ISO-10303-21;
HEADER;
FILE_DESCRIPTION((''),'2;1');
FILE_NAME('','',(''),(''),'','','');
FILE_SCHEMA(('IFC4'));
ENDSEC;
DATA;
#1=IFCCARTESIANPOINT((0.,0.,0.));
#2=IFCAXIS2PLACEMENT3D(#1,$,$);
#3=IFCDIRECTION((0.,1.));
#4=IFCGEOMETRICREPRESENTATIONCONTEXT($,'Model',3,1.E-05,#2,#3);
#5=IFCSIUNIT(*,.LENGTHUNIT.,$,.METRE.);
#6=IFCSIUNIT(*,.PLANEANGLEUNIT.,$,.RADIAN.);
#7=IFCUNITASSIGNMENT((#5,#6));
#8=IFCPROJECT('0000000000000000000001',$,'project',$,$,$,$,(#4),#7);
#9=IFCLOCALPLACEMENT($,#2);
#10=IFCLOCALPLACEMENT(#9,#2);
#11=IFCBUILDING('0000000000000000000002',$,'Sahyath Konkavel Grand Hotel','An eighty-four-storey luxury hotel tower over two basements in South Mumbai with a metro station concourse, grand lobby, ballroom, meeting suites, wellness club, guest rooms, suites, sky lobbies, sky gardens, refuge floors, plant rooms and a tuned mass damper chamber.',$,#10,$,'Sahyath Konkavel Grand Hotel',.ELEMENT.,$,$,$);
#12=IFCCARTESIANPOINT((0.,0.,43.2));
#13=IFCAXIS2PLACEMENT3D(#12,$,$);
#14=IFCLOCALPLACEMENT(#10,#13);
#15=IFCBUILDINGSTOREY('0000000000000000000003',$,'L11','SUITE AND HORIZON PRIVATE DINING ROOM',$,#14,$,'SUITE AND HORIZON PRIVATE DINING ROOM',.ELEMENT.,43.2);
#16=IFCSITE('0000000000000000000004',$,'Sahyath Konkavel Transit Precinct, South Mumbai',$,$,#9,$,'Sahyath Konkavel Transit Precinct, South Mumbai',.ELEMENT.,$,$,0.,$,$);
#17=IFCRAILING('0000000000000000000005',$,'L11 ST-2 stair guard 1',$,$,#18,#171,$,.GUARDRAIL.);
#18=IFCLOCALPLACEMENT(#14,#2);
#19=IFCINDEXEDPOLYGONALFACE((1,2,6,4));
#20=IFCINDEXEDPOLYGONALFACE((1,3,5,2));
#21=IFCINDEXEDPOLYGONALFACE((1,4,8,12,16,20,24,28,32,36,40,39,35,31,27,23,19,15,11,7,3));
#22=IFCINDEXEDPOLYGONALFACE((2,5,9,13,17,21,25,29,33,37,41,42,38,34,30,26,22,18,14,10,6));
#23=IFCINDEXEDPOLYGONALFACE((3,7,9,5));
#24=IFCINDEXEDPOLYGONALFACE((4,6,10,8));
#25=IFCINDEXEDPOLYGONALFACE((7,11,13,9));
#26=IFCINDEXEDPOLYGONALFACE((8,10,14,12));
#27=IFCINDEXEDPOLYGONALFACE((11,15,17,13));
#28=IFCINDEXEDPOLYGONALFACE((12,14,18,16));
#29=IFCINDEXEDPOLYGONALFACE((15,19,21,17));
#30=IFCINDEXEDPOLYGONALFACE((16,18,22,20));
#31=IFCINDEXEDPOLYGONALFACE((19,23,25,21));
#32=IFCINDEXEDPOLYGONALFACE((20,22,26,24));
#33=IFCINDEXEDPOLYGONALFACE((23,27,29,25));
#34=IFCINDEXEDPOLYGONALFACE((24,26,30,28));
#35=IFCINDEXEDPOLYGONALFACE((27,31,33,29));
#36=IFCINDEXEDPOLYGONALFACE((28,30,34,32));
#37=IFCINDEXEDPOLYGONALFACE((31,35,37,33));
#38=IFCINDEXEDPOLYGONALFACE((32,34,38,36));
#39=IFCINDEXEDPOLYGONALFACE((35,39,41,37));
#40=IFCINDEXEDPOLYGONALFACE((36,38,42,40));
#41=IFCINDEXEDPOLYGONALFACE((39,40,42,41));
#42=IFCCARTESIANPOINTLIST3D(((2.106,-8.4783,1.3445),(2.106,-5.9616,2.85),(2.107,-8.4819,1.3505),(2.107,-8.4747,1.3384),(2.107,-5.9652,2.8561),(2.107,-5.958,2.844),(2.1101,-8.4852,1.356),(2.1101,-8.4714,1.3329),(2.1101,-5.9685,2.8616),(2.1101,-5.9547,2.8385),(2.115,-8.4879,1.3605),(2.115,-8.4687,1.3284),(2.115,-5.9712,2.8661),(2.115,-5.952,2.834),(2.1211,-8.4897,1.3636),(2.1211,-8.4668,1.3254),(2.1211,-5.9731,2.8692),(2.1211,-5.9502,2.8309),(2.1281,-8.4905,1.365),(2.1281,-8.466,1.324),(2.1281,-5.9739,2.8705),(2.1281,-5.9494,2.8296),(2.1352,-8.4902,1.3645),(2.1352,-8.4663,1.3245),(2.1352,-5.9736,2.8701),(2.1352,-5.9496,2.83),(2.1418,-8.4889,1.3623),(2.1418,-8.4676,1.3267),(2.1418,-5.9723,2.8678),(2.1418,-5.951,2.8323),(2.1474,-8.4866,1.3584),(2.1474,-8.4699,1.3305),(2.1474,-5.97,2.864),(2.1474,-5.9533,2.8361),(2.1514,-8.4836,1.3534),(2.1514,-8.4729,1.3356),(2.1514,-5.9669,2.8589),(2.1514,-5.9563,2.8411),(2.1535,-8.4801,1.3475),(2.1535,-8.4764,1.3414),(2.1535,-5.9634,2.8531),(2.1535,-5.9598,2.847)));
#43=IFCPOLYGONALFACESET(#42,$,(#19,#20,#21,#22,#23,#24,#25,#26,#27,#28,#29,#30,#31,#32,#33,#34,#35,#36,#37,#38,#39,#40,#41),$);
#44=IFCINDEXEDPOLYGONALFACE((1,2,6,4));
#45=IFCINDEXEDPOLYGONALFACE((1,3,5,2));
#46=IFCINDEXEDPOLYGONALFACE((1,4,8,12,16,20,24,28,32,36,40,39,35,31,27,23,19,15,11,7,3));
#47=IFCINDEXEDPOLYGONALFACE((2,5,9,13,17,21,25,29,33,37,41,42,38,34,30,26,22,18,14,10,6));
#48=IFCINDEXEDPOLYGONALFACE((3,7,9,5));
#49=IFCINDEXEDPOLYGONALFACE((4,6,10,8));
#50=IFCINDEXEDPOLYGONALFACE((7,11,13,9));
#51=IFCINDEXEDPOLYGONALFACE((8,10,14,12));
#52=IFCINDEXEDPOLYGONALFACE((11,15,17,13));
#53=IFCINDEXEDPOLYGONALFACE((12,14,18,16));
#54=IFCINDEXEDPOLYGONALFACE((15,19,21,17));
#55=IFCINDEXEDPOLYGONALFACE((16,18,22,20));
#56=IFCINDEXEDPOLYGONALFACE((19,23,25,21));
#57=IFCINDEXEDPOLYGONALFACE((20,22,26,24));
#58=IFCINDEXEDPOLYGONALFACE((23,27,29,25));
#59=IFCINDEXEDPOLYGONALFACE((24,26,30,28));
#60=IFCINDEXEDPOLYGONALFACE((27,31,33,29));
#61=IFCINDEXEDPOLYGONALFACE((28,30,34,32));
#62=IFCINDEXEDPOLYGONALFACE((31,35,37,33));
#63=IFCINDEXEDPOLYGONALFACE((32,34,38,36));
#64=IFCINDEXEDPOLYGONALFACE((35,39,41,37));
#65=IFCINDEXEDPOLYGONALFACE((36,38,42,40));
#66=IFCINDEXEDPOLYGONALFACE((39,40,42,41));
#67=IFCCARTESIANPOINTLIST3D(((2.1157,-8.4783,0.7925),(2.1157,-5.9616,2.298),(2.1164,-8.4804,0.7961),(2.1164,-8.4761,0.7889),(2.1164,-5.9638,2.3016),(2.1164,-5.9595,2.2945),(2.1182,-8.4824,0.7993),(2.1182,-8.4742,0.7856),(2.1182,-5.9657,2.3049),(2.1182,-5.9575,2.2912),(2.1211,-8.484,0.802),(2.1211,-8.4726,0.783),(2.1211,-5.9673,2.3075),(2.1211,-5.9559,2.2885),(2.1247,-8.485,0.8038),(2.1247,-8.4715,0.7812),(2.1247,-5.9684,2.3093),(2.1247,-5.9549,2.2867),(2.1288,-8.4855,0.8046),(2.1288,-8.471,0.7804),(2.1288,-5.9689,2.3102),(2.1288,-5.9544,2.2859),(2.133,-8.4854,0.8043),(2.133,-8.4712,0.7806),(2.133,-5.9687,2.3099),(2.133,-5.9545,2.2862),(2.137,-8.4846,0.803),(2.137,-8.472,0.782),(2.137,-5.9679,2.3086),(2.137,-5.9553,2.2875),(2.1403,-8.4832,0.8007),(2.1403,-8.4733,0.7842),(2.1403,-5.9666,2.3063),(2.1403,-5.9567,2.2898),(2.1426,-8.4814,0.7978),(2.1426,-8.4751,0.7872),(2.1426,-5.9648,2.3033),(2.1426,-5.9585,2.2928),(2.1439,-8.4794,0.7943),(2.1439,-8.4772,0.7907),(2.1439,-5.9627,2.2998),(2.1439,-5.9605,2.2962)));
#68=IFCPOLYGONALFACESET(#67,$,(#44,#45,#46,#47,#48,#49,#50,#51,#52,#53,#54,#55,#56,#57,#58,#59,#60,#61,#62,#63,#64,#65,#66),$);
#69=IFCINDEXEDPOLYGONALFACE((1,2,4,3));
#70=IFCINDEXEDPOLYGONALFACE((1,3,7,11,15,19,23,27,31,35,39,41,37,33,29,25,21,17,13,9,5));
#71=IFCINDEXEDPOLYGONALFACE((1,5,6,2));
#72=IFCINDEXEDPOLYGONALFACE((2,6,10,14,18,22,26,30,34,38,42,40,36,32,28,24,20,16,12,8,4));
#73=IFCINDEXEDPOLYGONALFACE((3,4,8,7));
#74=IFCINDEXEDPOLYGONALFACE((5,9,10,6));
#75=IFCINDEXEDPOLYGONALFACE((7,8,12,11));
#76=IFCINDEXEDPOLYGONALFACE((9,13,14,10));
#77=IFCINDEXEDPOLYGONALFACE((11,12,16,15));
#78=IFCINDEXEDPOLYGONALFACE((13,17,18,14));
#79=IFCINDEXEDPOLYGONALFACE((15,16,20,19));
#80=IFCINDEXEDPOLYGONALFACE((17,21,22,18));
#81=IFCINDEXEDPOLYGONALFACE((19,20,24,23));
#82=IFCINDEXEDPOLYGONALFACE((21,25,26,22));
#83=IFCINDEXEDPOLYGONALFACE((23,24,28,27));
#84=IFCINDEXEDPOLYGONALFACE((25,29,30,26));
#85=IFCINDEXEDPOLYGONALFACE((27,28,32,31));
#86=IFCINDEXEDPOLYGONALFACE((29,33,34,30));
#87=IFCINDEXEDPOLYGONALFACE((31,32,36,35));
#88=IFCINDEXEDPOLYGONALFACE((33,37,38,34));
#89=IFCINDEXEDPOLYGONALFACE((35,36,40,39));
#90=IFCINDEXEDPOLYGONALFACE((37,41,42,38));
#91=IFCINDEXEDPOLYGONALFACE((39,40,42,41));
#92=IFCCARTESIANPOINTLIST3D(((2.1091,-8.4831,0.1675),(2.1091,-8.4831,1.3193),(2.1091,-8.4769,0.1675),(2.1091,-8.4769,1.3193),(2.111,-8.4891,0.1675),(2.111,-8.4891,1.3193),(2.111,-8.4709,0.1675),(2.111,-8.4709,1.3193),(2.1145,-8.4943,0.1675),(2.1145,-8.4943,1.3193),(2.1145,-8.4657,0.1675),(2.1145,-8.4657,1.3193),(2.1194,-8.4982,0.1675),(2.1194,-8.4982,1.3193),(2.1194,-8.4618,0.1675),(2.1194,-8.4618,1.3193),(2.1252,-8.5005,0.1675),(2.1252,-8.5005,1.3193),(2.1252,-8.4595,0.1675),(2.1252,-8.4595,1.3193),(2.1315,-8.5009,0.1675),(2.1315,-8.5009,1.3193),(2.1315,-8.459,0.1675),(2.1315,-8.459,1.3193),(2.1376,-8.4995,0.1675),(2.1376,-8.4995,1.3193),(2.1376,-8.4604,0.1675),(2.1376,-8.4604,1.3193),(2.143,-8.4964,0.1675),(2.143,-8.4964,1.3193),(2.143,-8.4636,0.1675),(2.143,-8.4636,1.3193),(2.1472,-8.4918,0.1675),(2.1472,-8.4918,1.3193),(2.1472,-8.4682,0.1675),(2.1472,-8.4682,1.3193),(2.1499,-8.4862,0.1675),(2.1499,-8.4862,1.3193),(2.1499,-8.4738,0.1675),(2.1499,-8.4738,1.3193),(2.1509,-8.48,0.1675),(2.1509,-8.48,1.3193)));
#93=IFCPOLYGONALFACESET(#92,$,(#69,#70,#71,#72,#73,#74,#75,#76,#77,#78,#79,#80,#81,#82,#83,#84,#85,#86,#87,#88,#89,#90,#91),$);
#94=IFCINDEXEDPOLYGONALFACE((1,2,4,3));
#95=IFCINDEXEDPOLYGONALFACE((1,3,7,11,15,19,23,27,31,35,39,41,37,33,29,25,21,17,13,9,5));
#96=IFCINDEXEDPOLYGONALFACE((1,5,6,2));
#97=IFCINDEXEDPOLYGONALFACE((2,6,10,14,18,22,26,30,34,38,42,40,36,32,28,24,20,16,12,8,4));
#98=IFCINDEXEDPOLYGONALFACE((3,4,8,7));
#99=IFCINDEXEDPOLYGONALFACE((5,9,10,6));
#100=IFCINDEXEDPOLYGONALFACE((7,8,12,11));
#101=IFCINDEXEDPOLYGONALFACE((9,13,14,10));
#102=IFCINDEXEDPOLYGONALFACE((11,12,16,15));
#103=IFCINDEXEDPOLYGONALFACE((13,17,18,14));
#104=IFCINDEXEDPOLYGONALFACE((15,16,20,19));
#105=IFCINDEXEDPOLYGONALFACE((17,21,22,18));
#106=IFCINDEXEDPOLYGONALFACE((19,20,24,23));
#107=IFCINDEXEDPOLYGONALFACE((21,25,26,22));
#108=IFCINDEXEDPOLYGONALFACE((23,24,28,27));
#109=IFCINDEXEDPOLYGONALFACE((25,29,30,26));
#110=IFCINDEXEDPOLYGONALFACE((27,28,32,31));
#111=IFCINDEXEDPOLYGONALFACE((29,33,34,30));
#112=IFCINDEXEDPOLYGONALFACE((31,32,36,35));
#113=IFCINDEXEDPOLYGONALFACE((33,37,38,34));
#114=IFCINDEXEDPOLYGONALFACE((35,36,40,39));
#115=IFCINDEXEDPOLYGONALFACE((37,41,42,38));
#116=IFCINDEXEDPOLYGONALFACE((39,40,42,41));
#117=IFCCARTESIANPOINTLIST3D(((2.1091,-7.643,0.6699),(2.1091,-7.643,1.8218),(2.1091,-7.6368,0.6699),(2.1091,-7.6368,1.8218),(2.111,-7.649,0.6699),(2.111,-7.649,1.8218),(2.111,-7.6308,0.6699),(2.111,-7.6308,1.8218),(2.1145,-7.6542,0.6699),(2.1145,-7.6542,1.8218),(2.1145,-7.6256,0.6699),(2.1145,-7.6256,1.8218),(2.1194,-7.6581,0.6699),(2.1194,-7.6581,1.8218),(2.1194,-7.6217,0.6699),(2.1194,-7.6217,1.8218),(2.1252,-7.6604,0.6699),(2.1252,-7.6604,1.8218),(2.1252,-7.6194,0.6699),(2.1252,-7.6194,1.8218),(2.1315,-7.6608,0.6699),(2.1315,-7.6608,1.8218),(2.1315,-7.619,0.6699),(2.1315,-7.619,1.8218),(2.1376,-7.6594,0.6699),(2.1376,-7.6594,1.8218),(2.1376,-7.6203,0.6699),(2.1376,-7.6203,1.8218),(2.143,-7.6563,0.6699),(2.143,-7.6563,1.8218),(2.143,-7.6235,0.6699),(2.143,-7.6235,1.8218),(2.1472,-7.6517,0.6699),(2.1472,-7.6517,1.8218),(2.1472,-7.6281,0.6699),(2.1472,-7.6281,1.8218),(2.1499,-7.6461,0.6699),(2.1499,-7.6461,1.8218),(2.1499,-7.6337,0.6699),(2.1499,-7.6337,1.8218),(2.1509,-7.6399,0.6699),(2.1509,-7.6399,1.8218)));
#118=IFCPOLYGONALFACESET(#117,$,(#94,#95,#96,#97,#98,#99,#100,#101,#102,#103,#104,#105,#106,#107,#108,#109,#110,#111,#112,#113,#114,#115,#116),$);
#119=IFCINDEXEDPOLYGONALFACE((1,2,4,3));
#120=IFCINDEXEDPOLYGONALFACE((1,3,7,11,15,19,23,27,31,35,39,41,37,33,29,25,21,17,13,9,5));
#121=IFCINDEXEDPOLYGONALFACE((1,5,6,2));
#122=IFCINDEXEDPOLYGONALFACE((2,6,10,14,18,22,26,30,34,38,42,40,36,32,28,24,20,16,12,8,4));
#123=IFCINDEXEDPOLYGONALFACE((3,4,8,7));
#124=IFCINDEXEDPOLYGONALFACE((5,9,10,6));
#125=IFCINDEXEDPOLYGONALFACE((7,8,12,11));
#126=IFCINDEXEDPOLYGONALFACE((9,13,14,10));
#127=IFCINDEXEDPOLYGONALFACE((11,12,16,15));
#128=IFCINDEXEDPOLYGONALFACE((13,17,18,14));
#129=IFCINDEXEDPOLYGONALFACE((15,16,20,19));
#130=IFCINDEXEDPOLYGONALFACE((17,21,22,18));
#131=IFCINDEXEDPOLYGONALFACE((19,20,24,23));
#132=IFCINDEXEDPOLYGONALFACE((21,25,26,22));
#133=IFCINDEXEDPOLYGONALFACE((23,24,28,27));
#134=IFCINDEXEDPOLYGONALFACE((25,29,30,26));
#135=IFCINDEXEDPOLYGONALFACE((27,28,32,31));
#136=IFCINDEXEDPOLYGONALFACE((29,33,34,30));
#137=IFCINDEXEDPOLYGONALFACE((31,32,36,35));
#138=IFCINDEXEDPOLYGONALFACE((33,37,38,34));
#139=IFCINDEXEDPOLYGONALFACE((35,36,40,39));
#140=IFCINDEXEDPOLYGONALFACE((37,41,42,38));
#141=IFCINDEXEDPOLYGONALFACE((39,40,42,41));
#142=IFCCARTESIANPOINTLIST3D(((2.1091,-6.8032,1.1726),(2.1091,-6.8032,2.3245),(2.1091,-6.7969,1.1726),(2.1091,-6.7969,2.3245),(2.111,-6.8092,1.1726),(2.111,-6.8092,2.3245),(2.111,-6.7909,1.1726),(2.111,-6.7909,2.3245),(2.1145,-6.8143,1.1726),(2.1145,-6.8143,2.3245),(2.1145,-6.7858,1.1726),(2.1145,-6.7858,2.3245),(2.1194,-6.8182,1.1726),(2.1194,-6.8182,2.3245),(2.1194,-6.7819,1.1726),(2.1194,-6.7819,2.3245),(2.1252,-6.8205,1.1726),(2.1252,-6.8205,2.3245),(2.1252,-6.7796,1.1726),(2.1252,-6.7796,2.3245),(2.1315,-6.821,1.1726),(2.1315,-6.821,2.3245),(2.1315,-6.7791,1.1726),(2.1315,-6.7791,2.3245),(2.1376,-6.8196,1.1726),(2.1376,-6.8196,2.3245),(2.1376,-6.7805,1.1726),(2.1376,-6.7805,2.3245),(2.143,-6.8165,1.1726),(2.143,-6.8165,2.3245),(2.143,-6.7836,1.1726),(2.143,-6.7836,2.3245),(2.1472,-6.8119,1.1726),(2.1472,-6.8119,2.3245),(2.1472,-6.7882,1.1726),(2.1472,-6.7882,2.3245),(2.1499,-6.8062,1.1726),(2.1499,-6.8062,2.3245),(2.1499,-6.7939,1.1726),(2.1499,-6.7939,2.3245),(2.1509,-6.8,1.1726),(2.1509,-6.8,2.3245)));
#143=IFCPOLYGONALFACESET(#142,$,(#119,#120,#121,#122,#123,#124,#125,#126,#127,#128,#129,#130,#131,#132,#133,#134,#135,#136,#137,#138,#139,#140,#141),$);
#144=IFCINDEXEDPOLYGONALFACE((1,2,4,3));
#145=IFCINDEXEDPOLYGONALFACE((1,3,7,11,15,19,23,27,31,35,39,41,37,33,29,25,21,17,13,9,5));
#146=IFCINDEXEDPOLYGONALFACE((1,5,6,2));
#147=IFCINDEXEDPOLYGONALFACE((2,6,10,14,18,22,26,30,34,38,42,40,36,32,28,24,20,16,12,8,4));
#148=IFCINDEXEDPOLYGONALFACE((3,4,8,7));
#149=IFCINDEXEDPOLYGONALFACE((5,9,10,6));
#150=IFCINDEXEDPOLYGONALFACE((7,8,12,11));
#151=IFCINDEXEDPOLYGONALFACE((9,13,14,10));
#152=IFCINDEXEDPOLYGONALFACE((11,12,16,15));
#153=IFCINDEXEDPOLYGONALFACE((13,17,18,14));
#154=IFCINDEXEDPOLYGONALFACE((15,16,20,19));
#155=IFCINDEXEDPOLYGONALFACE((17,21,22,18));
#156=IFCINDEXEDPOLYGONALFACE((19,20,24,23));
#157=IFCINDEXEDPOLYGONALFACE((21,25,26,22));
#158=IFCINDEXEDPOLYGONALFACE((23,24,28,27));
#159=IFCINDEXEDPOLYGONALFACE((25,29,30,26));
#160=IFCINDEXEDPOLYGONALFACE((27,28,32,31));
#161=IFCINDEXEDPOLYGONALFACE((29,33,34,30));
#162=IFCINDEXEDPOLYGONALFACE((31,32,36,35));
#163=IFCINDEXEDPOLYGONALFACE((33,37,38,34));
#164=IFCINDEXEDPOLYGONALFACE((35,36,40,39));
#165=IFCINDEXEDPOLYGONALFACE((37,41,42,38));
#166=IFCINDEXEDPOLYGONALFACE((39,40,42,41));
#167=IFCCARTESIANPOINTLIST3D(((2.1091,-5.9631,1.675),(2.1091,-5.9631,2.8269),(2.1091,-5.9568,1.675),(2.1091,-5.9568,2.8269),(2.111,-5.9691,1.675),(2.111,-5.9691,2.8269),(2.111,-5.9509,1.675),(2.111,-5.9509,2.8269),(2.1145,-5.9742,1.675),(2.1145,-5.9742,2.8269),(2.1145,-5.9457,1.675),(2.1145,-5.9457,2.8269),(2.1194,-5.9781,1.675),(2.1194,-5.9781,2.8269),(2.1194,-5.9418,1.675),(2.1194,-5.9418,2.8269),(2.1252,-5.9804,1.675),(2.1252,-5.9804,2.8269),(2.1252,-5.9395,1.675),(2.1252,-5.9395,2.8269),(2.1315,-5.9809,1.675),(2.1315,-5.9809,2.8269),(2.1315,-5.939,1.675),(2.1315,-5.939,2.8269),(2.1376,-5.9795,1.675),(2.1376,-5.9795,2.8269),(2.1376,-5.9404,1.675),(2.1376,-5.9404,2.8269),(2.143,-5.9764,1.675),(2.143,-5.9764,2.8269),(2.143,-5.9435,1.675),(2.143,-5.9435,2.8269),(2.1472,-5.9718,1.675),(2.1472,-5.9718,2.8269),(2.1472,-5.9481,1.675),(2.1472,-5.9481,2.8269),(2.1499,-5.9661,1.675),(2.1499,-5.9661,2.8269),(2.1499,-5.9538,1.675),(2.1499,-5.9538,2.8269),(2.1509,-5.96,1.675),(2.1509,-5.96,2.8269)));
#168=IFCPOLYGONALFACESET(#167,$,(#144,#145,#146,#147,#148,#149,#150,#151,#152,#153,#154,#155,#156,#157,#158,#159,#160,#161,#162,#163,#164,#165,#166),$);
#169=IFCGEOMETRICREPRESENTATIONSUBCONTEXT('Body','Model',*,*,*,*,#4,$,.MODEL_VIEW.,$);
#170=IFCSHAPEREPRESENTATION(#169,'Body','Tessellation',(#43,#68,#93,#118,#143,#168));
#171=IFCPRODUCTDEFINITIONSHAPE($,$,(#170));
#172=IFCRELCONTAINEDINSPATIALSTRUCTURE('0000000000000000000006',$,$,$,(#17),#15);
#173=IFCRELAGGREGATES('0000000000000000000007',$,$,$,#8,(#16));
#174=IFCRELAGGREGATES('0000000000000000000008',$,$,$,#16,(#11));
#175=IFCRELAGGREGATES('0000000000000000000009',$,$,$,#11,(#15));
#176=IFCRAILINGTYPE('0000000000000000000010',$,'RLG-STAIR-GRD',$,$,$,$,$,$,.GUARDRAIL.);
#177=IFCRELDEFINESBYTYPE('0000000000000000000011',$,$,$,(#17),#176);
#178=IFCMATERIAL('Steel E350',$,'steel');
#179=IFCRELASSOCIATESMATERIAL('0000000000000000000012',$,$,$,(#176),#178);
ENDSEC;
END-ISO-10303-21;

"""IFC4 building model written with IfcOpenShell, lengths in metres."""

from ifc_helpers import new_model, si_unit, direction, frame, origin, origin_2d, place, context, subcontext, project, spatial, circle, extrude, material, type_object, element, save


model = new_model("IFC4")

# Units and contexts
model_context = context("Model", 3, precision=1e-05, world=origin(), true_north=direction((0.0, 1.0)))
body_context = subcontext(model_context, "Body", "Model", "MODEL_VIEW")
ifc_project = project(units=[si_unit("LENGTHUNIT", "METRE"), si_unit("PLANEANGLEUNIT", "RADIAN")], contexts=[model_context])

# Site, building, storey
site_placement = place(None, origin())
site = spatial("IfcSite", under=ifc_project, at=site_placement, Name="Sahyath Konkavel Transit Precinct, South Mumbai", LongName="Sahyath Konkavel Transit Precinct, South Mumbai", CompositionType="ELEMENT", RefElevation=0.0)
building_placement = place(site_placement, origin())
building = spatial("IfcBuilding", under=site, at=building_placement, Name="Sahyath Konkavel Grand Hotel", Description="An eighty-four-storey luxury hotel tower over two basements in South Mumbai with a metro station concourse, grand lobby, ballroom, meeting suites, wellness club, guest rooms, suites, sky lobbies, sky gardens, refuge floors, plant rooms and a tuned mass damper chamber.", LongName="Sahyath Konkavel Grand Hotel", CompositionType="ELEMENT")
storey_placement = place(building_placement, frame((0.0, 0.0, 43.2)))
storey = spatial("IfcBuildingStorey", under=building, at=storey_placement, Name="L11", Description="SUITE AND HORIZON PRIVATE DINING ROOM", LongName="SUITE AND HORIZON PRIVATE DINING ROOM", CompositionType="ELEMENT", Elevation=43.2)

# Shared definitions
ifc_material_1 = material(Name="Steel E350", Category="steel")

# Railing
railing_type_1 = type_object("IfcRailingType", Name="RLG-STAIR-GRD", PredefinedType="GUARDRAIL", material=ifc_material_1)
railing_1_placement = place(storey_placement, frame((2.1299, -8.48, 0.1675)))
element("IfcRailing", 1, at=railing_1_placement, inside=storey, type_object=railing_type_1, Name="L11 ST-2 stair guard 1", PredefinedType="GUARDRAIL", context=body_context, shape_type="SweptSolid", body=[
    extrude(circle(Radius=0.0239, at=origin_2d()), frame((0.0, 0.0017, 1.177), z_axis=(0.0, 0.85816, 0.513383), x_axis=(-1.0, 0.0, 0.0)), (0.0, 0.0, 1.0), 2.9326),
    extrude(circle(Radius=0.0142, at=origin_2d()), frame((0.0, 0.0017, 0.625), z_axis=(0.0, 0.85816, 0.513383), x_axis=(-1.0, 0.0, 0.0)), (0.0, 0.0, 1.0), 2.9326),
    extrude(circle(Radius=0.021, at=origin_2d()), origin(), (0.0, 0.0, 1.0), 1.1519),
    extrude(circle(Radius=0.021, at=origin_2d()), frame((0.0, 0.8401, 0.5024)), (0.0, 0.0, 1.0), 1.1519),
    extrude(circle(Radius=0.021, at=origin_2d()), frame((0.0, 1.6799, 1.0051)), (0.0, 0.0, 1.0), 1.1519),
    extrude(circle(Radius=0.021, at=origin_2d()), frame((0.0, 2.52, 1.5076)), (0.0, 0.0, 1.0), 1.1519),
])

save(model, "model.ifc")
